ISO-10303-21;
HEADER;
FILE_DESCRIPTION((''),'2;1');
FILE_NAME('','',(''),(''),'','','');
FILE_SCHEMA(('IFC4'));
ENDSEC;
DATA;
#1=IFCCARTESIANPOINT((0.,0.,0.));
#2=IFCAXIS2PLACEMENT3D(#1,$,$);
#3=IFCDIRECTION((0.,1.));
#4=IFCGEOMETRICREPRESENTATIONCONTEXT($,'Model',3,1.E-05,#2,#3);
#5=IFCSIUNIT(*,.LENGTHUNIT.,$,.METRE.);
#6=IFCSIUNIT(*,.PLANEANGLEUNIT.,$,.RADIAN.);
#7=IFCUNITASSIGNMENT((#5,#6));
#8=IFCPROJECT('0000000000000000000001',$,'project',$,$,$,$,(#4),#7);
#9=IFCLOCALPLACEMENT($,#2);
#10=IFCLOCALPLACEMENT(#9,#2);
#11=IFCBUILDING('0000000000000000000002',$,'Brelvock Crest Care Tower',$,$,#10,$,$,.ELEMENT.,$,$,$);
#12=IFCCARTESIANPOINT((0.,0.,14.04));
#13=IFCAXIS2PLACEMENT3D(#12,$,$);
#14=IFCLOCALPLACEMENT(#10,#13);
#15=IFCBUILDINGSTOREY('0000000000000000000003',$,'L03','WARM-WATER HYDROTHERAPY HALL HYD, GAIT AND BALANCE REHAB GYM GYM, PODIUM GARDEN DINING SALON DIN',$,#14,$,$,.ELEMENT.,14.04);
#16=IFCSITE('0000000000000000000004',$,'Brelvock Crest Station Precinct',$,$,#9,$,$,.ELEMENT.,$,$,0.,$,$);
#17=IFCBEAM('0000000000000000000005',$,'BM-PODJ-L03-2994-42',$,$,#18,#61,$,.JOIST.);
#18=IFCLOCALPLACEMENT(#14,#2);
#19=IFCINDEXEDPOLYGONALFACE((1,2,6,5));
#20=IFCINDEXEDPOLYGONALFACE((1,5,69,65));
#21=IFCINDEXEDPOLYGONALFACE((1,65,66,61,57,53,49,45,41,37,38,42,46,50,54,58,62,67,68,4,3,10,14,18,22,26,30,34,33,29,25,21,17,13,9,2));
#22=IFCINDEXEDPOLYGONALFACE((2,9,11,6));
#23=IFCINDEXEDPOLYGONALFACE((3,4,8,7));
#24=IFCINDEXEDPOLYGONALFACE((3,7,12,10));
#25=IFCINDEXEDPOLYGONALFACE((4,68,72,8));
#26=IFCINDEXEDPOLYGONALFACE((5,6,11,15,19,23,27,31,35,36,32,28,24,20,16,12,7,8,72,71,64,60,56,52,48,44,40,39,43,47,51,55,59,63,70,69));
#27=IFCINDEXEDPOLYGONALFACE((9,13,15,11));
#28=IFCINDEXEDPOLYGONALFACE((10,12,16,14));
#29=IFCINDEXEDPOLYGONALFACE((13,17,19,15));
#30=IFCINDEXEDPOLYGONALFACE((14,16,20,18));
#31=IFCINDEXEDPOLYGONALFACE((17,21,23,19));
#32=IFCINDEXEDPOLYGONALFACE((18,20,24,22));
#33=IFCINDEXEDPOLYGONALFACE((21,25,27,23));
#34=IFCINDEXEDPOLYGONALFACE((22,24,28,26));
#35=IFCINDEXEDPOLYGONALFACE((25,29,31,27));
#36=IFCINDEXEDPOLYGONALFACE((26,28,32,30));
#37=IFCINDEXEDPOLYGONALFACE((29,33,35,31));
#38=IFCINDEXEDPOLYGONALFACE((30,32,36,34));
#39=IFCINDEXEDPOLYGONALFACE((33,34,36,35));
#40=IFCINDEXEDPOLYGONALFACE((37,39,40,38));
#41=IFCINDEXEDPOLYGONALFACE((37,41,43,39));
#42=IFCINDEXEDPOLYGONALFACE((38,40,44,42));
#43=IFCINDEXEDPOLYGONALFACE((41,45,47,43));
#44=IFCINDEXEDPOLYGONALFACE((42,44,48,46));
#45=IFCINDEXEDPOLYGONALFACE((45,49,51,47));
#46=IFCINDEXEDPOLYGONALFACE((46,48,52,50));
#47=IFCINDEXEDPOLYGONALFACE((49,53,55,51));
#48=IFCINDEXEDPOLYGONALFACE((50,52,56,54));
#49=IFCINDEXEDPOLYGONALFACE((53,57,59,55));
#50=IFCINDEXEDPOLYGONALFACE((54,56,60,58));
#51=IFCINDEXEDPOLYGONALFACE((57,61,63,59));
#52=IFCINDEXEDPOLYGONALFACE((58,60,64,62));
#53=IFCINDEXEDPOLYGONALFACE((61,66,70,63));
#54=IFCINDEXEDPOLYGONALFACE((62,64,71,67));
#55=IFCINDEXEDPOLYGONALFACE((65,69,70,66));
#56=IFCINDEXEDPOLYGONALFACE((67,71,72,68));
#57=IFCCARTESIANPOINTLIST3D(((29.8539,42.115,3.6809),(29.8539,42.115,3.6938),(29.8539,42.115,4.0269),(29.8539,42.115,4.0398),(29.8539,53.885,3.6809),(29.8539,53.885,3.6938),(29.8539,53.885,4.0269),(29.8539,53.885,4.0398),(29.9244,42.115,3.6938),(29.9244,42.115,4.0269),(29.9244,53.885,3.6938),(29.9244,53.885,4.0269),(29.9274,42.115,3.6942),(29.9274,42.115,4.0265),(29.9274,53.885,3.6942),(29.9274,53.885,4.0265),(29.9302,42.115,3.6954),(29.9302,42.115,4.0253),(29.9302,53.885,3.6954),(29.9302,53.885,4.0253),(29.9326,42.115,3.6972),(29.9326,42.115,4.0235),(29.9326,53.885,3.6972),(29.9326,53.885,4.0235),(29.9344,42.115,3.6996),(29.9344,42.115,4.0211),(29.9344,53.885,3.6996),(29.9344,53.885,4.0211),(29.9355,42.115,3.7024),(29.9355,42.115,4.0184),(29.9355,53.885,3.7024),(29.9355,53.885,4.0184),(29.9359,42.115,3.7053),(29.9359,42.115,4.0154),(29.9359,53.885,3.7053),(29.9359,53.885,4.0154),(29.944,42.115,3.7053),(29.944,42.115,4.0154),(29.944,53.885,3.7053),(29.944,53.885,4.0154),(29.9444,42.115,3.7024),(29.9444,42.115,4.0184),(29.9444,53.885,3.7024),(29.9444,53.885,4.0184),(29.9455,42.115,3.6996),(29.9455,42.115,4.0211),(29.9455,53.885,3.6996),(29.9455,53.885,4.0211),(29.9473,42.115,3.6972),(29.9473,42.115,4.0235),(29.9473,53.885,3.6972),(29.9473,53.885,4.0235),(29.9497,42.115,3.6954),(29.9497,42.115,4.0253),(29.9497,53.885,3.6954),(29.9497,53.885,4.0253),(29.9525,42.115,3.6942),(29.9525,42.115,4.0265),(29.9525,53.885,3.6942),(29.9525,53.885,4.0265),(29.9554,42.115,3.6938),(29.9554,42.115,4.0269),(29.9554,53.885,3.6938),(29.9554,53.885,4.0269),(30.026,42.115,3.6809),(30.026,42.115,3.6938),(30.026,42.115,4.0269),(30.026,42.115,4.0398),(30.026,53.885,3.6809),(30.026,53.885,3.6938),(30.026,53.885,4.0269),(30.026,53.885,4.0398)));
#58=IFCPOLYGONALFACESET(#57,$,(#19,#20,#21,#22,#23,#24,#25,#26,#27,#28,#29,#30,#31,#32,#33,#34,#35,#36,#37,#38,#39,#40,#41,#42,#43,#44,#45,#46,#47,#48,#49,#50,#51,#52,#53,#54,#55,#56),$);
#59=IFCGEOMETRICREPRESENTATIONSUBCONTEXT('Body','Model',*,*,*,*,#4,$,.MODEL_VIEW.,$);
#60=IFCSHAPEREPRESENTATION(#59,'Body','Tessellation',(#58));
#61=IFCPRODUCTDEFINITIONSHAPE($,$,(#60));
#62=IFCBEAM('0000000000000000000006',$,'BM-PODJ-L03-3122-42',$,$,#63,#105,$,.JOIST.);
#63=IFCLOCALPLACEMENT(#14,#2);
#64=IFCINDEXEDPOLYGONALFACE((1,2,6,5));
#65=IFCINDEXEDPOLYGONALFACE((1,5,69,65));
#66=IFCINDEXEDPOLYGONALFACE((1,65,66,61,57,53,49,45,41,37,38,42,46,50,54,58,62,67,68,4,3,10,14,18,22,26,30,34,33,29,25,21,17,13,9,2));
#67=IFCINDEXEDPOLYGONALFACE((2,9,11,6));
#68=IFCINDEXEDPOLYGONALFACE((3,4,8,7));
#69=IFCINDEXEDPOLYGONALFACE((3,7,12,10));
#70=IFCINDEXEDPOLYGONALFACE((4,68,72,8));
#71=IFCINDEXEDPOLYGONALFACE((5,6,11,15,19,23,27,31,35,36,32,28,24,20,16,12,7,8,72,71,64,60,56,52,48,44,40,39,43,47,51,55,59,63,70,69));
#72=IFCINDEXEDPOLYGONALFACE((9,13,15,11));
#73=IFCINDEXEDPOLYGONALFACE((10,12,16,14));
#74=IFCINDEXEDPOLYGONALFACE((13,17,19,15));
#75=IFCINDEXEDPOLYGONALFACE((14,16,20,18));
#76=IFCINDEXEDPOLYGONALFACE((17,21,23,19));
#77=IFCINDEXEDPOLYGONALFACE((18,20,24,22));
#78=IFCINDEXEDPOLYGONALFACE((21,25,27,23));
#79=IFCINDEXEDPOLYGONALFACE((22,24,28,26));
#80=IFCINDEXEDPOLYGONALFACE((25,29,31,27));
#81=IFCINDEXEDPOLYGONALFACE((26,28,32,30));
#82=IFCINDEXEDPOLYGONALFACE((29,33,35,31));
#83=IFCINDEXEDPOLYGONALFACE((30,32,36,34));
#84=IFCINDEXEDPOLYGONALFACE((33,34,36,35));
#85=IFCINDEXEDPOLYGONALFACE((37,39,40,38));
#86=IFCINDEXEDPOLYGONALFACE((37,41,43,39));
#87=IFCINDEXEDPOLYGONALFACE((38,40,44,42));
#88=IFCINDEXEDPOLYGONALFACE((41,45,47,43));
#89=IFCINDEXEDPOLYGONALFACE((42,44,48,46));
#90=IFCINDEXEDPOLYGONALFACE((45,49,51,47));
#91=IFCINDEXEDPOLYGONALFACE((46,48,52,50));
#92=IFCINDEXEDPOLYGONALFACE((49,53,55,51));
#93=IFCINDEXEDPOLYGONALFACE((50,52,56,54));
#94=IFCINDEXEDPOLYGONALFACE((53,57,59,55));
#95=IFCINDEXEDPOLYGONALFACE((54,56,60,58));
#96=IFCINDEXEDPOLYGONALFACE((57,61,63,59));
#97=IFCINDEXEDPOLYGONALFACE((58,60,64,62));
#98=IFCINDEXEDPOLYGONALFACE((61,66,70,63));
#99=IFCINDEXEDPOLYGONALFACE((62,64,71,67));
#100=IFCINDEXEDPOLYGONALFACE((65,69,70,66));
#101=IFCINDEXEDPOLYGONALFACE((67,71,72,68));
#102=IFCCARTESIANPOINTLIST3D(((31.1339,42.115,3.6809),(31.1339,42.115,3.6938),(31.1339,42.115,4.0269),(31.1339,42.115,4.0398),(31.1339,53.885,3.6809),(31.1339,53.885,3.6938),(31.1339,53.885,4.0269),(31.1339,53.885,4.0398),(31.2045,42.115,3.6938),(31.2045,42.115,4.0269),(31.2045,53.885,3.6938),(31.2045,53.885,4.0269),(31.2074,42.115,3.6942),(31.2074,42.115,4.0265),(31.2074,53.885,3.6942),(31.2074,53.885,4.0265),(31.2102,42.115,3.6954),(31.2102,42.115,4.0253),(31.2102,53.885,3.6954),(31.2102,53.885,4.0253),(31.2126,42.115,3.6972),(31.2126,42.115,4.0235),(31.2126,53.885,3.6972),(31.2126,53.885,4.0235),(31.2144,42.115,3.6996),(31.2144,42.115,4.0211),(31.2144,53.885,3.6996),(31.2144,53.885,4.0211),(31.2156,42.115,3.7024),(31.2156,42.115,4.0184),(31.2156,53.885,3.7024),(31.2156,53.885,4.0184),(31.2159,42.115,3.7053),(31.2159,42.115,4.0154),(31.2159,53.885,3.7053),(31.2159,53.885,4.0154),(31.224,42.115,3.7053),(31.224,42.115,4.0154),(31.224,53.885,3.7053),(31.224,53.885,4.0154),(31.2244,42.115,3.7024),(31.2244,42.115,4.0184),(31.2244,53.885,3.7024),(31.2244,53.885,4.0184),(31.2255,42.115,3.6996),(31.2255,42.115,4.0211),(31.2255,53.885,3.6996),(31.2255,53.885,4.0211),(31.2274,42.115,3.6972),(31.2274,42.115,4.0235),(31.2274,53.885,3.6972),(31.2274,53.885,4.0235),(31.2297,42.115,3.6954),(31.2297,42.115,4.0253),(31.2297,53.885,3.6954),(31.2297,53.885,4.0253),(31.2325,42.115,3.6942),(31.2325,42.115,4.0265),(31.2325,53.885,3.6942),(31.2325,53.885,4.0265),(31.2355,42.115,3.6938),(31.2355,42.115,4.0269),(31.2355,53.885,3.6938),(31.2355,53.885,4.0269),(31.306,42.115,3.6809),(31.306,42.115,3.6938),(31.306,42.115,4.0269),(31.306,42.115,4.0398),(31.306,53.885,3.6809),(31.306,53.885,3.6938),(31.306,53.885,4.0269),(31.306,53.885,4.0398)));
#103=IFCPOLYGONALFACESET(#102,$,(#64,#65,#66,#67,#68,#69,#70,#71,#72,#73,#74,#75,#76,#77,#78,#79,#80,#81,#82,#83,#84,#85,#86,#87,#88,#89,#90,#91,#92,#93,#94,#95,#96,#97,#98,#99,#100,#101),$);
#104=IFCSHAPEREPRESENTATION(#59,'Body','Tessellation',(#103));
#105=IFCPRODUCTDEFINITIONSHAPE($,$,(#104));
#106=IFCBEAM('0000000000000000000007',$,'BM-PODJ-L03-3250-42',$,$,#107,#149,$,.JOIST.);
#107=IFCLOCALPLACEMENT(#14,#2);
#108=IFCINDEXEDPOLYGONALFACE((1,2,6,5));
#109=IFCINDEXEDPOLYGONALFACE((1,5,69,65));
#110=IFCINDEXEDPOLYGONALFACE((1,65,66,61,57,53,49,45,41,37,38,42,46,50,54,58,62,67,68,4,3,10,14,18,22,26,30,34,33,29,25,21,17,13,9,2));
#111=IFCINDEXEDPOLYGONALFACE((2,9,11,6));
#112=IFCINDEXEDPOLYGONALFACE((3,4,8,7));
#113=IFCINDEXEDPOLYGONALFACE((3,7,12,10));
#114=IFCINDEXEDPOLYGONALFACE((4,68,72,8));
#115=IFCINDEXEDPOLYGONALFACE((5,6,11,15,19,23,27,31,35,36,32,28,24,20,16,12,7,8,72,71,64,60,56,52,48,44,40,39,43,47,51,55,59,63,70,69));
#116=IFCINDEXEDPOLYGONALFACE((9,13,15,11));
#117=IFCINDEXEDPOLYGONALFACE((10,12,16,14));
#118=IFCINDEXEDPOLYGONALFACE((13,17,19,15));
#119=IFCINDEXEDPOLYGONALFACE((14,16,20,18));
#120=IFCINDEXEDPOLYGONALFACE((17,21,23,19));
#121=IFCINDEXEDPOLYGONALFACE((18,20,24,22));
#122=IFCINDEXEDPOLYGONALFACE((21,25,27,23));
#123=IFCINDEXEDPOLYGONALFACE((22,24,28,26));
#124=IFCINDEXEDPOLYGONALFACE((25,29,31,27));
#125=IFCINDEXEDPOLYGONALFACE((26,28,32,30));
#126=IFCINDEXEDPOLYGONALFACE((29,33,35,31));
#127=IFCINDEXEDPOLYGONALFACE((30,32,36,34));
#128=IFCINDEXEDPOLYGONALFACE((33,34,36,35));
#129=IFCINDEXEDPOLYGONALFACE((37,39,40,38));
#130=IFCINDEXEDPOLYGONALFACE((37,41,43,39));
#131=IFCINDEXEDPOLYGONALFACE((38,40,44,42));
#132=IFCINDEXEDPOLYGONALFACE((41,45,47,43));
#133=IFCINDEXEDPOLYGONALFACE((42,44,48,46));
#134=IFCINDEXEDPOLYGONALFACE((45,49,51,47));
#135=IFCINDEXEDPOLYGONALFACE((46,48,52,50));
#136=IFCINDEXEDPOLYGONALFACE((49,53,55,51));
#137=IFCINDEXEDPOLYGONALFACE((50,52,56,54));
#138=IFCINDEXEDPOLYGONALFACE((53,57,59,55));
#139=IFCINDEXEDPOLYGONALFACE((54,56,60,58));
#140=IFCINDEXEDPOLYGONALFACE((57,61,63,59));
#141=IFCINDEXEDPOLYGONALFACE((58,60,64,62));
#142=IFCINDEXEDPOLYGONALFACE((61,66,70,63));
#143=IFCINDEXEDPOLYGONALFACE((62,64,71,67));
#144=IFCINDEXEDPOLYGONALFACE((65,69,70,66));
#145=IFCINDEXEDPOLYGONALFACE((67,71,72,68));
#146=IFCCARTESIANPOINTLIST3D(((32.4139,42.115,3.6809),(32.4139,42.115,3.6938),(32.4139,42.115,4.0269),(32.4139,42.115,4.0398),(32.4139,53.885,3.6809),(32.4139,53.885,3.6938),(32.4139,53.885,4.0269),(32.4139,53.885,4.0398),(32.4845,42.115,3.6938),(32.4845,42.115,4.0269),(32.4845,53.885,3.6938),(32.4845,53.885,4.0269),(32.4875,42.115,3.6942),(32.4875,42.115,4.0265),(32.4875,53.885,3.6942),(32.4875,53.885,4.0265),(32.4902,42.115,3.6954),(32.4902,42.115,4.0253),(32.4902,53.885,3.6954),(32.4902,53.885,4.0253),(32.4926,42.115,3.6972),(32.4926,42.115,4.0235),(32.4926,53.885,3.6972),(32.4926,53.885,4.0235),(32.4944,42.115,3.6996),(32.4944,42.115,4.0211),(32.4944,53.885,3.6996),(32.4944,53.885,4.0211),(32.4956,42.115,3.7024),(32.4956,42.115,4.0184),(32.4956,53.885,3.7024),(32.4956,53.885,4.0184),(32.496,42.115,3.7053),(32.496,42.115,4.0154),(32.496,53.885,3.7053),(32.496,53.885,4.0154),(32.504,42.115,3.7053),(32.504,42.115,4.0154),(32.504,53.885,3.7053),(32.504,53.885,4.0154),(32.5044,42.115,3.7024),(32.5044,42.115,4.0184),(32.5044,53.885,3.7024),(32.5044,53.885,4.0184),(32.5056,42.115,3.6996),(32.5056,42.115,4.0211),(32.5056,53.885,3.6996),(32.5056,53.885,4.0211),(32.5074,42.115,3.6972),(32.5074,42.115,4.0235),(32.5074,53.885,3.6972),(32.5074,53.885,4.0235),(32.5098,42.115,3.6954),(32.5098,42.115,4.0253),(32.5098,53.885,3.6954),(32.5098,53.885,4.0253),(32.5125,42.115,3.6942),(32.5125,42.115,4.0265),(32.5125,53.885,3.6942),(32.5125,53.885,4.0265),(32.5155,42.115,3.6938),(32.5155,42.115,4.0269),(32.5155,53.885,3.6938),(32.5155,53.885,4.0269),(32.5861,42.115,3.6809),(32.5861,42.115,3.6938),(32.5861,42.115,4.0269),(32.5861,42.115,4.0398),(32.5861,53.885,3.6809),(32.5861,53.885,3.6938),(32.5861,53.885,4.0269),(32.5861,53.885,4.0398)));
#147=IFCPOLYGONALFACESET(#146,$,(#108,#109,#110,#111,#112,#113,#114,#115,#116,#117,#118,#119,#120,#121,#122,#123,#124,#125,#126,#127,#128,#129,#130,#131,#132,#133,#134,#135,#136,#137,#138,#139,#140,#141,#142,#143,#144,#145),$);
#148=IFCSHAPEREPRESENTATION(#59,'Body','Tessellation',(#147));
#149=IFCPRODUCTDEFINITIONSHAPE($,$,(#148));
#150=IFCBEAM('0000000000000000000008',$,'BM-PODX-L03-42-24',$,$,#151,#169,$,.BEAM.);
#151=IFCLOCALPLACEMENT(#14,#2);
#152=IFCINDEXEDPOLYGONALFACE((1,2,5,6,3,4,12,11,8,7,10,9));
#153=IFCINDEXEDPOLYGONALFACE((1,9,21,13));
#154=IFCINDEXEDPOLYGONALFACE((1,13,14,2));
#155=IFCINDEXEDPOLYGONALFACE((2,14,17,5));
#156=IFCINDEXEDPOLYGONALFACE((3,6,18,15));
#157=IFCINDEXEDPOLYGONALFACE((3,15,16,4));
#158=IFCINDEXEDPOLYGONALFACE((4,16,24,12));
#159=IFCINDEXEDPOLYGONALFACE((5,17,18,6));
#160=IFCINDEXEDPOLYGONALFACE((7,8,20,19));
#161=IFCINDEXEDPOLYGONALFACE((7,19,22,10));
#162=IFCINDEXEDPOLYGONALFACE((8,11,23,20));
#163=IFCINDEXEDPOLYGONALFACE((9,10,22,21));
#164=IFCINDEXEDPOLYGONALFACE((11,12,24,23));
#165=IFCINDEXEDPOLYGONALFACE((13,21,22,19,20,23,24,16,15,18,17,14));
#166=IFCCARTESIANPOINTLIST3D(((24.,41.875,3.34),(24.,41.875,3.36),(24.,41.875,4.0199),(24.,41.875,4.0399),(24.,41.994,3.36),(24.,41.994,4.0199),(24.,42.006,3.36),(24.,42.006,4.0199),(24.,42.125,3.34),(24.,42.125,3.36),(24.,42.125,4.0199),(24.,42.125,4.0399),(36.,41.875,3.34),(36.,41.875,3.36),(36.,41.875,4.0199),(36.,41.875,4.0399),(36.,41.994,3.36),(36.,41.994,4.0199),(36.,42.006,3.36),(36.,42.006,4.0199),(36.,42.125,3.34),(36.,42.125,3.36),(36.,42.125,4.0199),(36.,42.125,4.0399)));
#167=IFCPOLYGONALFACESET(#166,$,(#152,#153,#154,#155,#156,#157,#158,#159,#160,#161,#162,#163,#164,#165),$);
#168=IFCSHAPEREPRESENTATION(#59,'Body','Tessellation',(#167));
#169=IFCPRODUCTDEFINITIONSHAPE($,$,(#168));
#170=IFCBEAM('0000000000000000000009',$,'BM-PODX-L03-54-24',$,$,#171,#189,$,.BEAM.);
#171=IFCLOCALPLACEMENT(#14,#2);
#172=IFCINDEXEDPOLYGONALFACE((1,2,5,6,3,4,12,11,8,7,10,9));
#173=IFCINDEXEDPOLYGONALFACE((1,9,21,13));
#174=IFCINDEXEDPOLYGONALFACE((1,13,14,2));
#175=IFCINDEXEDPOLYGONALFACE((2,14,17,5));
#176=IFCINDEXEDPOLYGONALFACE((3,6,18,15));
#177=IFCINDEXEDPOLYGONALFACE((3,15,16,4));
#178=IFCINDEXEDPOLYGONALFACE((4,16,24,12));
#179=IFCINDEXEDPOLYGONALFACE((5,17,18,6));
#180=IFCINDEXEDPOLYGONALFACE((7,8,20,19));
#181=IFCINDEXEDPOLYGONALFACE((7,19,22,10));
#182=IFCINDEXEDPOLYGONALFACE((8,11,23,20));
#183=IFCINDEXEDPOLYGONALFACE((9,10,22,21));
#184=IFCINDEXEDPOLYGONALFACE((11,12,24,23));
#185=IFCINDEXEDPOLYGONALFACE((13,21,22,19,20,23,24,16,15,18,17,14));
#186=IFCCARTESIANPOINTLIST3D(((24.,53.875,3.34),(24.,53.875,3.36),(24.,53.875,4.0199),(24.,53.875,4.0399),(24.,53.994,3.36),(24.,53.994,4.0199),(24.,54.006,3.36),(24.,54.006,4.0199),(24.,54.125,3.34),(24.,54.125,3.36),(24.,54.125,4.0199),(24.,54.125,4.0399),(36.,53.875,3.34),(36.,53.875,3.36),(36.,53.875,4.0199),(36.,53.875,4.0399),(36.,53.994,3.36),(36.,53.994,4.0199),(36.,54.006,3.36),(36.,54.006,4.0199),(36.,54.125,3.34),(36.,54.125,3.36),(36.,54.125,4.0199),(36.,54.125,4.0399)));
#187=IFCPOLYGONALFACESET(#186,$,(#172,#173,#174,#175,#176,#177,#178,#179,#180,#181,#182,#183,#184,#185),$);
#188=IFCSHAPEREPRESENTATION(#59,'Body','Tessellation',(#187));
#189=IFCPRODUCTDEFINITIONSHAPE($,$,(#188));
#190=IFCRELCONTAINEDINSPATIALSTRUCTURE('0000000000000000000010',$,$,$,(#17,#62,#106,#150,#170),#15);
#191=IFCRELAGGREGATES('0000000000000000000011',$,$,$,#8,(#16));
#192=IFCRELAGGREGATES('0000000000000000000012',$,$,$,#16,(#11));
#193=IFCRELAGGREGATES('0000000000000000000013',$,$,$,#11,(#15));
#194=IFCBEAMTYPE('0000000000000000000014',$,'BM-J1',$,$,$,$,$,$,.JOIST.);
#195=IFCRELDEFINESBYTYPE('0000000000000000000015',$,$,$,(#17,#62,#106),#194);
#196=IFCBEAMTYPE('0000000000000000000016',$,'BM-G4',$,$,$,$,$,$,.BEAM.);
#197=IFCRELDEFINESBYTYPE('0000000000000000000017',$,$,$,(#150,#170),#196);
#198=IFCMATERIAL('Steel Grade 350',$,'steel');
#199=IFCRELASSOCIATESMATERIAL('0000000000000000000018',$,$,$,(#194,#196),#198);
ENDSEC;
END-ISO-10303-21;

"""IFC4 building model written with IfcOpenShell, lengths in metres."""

from ifc_helpers import new_model, si_unit, direction, frame, origin, origin_2d, place, context, subcontext, project, spatial, i_section, extrude, source, transform, mapped, material, material_profile, profile_set, type_object, element, save


model = new_model("IFC4")

# Units and contexts
model_context = context("Model", 3, precision=1e-05, world=origin(), true_north=direction((0.0, 1.0)))
body_context = subcontext(model_context, "Body", "Model", "MODEL_VIEW")
ifc_project = project(units=[si_unit("LENGTHUNIT", "METRE"), si_unit("PLANEANGLEUNIT", "RADIAN")], contexts=[model_context])

# Site, building, storey
site_placement = place(None, origin())
site = spatial("IfcSite", under=ifc_project, at=site_placement, Name="Brelvock Crest Station Precinct", CompositionType="ELEMENT", RefElevation=0.0)
building_placement = place(site_placement, origin())
building = spatial("IfcBuilding", under=site, at=building_placement, Name="Brelvock Crest Care Tower", CompositionType="ELEMENT")
storey_placement = place(building_placement, frame((0.0, 0.0, 14.04)))
storey = spatial("IfcBuildingStorey", under=building, at=storey_placement, Name="L03", Description="WARM-WATER HYDROTHERAPY HALL HYD, GAIT AND BALANCE REHAB GYM GYM, PODIUM GARDEN DINING SALON DIN", CompositionType="ELEMENT", Elevation=14.04)

# Shared definitions
ifc_material_1 = material(Name="Steel Grade 350", Category="steel")

# Beams
ifc_material_profile_1 = material_profile(ifc_material_1, i_section(OverallWidth=0.1721, OverallDepth=0.3589, WebThickness=0.0081, FlangeThickness=0.0129, FilletRadius=0.0115, at=origin_2d()), Name="360UB56.7")
ifc_profile_set_1 = profile_set([ifc_material_profile_1], Name="Steel Grade 350")
beam_type_1 = type_object("IfcBeamType", Name="BM-J1", PredefinedType="JOIST", material=ifc_profile_set_1)
shared_shape_1 = source(origin(), body_context, "Body", "SweptSolid", [
    extrude(i_section(OverallWidth=0.1721, OverallDepth=0.3589, WebThickness=0.0081, FlangeThickness=0.0129, FilletRadius=0.0115, at=origin_2d()), origin(), (0.0, 0.0, 1.0), 11.77),
])
for number, where, z_axis, x_axis, name in (
    (1, (29.9399, 42.115, 3.8604), (0.0, 1.0, 0.0), (-1.0, 0.0, 0.0), "BM-PODJ-L03-2994-42"),
    (2, (31.22, 42.115, 3.8604), (0.0, 1.0, 0.0), (-1.0, 0.0, 0.0), "BM-PODJ-L03-3122-42"),
    (3, (32.5, 42.115, 3.8604), (0.0, 1.0, 0.0), (-1.0, 0.0, 0.0), "BM-PODJ-L03-3250-42"),
):
    element("IfcBeam", number, at=place(storey_placement, frame(where, z_axis=z_axis, x_axis=x_axis)), inside=storey, type_object=beam_type_1, Name=name, PredefinedType="JOIST", context=body_context, shape_type="MappedRepresentation", body=[
        mapped(shared_shape_1, transform((0.0, 0.0, 0.0), x_axis=(1.0, 0.0, 0.0), y_axis=(0.0, 1.0, 0.0), z_axis=(0.0, 0.0, 1.0), scale=1.0)),
    ])
ifc_material_profile_2 = material_profile(ifc_material_1, i_section(OverallWidth=0.25, OverallDepth=0.7, WebThickness=0.012, FlangeThickness=0.02, at=origin_2d()), Name="700WB150")
ifc_profile_set_2 = profile_set([ifc_material_profile_2], Name="Steel Grade 350")
beam_type_2 = type_object("IfcBeamType", Name="BM-G4", PredefinedType="BEAM", material=ifc_profile_set_2)
shared_shape_2 = source(origin(), body_context, "Body", "SweptSolid", [
    extrude(i_section(OverallWidth=0.25, OverallDepth=0.7, WebThickness=0.012, FlangeThickness=0.02, at=origin_2d()), origin(), (0.0, 0.0, 1.0), 12.0),
])
for number, where, z_axis, x_axis, name in (
    (4, (24.0, 42.0, 3.6899), (1.0, 0.0, 0.0), (0.0, 1.0, 0.0), "BM-PODX-L03-42-24"),
    (5, (24.0, 54.0, 3.6899), (1.0, 0.0, 0.0), (0.0, 1.0, 0.0), "BM-PODX-L03-54-24"),
):
    element("IfcBeam", number, at=place(storey_placement, frame(where, z_axis=z_axis, x_axis=x_axis)), inside=storey, type_object=beam_type_2, Name=name, PredefinedType="BEAM", context=body_context, shape_type="MappedRepresentation", body=[
        mapped(shared_shape_2, transform((0.0, 0.0, 0.0), x_axis=(1.0, 0.0, 0.0), y_axis=(0.0, 1.0, 0.0), z_axis=(0.0, 0.0, 1.0), scale=1.0)),
    ])

save(model, "model.ifc")
